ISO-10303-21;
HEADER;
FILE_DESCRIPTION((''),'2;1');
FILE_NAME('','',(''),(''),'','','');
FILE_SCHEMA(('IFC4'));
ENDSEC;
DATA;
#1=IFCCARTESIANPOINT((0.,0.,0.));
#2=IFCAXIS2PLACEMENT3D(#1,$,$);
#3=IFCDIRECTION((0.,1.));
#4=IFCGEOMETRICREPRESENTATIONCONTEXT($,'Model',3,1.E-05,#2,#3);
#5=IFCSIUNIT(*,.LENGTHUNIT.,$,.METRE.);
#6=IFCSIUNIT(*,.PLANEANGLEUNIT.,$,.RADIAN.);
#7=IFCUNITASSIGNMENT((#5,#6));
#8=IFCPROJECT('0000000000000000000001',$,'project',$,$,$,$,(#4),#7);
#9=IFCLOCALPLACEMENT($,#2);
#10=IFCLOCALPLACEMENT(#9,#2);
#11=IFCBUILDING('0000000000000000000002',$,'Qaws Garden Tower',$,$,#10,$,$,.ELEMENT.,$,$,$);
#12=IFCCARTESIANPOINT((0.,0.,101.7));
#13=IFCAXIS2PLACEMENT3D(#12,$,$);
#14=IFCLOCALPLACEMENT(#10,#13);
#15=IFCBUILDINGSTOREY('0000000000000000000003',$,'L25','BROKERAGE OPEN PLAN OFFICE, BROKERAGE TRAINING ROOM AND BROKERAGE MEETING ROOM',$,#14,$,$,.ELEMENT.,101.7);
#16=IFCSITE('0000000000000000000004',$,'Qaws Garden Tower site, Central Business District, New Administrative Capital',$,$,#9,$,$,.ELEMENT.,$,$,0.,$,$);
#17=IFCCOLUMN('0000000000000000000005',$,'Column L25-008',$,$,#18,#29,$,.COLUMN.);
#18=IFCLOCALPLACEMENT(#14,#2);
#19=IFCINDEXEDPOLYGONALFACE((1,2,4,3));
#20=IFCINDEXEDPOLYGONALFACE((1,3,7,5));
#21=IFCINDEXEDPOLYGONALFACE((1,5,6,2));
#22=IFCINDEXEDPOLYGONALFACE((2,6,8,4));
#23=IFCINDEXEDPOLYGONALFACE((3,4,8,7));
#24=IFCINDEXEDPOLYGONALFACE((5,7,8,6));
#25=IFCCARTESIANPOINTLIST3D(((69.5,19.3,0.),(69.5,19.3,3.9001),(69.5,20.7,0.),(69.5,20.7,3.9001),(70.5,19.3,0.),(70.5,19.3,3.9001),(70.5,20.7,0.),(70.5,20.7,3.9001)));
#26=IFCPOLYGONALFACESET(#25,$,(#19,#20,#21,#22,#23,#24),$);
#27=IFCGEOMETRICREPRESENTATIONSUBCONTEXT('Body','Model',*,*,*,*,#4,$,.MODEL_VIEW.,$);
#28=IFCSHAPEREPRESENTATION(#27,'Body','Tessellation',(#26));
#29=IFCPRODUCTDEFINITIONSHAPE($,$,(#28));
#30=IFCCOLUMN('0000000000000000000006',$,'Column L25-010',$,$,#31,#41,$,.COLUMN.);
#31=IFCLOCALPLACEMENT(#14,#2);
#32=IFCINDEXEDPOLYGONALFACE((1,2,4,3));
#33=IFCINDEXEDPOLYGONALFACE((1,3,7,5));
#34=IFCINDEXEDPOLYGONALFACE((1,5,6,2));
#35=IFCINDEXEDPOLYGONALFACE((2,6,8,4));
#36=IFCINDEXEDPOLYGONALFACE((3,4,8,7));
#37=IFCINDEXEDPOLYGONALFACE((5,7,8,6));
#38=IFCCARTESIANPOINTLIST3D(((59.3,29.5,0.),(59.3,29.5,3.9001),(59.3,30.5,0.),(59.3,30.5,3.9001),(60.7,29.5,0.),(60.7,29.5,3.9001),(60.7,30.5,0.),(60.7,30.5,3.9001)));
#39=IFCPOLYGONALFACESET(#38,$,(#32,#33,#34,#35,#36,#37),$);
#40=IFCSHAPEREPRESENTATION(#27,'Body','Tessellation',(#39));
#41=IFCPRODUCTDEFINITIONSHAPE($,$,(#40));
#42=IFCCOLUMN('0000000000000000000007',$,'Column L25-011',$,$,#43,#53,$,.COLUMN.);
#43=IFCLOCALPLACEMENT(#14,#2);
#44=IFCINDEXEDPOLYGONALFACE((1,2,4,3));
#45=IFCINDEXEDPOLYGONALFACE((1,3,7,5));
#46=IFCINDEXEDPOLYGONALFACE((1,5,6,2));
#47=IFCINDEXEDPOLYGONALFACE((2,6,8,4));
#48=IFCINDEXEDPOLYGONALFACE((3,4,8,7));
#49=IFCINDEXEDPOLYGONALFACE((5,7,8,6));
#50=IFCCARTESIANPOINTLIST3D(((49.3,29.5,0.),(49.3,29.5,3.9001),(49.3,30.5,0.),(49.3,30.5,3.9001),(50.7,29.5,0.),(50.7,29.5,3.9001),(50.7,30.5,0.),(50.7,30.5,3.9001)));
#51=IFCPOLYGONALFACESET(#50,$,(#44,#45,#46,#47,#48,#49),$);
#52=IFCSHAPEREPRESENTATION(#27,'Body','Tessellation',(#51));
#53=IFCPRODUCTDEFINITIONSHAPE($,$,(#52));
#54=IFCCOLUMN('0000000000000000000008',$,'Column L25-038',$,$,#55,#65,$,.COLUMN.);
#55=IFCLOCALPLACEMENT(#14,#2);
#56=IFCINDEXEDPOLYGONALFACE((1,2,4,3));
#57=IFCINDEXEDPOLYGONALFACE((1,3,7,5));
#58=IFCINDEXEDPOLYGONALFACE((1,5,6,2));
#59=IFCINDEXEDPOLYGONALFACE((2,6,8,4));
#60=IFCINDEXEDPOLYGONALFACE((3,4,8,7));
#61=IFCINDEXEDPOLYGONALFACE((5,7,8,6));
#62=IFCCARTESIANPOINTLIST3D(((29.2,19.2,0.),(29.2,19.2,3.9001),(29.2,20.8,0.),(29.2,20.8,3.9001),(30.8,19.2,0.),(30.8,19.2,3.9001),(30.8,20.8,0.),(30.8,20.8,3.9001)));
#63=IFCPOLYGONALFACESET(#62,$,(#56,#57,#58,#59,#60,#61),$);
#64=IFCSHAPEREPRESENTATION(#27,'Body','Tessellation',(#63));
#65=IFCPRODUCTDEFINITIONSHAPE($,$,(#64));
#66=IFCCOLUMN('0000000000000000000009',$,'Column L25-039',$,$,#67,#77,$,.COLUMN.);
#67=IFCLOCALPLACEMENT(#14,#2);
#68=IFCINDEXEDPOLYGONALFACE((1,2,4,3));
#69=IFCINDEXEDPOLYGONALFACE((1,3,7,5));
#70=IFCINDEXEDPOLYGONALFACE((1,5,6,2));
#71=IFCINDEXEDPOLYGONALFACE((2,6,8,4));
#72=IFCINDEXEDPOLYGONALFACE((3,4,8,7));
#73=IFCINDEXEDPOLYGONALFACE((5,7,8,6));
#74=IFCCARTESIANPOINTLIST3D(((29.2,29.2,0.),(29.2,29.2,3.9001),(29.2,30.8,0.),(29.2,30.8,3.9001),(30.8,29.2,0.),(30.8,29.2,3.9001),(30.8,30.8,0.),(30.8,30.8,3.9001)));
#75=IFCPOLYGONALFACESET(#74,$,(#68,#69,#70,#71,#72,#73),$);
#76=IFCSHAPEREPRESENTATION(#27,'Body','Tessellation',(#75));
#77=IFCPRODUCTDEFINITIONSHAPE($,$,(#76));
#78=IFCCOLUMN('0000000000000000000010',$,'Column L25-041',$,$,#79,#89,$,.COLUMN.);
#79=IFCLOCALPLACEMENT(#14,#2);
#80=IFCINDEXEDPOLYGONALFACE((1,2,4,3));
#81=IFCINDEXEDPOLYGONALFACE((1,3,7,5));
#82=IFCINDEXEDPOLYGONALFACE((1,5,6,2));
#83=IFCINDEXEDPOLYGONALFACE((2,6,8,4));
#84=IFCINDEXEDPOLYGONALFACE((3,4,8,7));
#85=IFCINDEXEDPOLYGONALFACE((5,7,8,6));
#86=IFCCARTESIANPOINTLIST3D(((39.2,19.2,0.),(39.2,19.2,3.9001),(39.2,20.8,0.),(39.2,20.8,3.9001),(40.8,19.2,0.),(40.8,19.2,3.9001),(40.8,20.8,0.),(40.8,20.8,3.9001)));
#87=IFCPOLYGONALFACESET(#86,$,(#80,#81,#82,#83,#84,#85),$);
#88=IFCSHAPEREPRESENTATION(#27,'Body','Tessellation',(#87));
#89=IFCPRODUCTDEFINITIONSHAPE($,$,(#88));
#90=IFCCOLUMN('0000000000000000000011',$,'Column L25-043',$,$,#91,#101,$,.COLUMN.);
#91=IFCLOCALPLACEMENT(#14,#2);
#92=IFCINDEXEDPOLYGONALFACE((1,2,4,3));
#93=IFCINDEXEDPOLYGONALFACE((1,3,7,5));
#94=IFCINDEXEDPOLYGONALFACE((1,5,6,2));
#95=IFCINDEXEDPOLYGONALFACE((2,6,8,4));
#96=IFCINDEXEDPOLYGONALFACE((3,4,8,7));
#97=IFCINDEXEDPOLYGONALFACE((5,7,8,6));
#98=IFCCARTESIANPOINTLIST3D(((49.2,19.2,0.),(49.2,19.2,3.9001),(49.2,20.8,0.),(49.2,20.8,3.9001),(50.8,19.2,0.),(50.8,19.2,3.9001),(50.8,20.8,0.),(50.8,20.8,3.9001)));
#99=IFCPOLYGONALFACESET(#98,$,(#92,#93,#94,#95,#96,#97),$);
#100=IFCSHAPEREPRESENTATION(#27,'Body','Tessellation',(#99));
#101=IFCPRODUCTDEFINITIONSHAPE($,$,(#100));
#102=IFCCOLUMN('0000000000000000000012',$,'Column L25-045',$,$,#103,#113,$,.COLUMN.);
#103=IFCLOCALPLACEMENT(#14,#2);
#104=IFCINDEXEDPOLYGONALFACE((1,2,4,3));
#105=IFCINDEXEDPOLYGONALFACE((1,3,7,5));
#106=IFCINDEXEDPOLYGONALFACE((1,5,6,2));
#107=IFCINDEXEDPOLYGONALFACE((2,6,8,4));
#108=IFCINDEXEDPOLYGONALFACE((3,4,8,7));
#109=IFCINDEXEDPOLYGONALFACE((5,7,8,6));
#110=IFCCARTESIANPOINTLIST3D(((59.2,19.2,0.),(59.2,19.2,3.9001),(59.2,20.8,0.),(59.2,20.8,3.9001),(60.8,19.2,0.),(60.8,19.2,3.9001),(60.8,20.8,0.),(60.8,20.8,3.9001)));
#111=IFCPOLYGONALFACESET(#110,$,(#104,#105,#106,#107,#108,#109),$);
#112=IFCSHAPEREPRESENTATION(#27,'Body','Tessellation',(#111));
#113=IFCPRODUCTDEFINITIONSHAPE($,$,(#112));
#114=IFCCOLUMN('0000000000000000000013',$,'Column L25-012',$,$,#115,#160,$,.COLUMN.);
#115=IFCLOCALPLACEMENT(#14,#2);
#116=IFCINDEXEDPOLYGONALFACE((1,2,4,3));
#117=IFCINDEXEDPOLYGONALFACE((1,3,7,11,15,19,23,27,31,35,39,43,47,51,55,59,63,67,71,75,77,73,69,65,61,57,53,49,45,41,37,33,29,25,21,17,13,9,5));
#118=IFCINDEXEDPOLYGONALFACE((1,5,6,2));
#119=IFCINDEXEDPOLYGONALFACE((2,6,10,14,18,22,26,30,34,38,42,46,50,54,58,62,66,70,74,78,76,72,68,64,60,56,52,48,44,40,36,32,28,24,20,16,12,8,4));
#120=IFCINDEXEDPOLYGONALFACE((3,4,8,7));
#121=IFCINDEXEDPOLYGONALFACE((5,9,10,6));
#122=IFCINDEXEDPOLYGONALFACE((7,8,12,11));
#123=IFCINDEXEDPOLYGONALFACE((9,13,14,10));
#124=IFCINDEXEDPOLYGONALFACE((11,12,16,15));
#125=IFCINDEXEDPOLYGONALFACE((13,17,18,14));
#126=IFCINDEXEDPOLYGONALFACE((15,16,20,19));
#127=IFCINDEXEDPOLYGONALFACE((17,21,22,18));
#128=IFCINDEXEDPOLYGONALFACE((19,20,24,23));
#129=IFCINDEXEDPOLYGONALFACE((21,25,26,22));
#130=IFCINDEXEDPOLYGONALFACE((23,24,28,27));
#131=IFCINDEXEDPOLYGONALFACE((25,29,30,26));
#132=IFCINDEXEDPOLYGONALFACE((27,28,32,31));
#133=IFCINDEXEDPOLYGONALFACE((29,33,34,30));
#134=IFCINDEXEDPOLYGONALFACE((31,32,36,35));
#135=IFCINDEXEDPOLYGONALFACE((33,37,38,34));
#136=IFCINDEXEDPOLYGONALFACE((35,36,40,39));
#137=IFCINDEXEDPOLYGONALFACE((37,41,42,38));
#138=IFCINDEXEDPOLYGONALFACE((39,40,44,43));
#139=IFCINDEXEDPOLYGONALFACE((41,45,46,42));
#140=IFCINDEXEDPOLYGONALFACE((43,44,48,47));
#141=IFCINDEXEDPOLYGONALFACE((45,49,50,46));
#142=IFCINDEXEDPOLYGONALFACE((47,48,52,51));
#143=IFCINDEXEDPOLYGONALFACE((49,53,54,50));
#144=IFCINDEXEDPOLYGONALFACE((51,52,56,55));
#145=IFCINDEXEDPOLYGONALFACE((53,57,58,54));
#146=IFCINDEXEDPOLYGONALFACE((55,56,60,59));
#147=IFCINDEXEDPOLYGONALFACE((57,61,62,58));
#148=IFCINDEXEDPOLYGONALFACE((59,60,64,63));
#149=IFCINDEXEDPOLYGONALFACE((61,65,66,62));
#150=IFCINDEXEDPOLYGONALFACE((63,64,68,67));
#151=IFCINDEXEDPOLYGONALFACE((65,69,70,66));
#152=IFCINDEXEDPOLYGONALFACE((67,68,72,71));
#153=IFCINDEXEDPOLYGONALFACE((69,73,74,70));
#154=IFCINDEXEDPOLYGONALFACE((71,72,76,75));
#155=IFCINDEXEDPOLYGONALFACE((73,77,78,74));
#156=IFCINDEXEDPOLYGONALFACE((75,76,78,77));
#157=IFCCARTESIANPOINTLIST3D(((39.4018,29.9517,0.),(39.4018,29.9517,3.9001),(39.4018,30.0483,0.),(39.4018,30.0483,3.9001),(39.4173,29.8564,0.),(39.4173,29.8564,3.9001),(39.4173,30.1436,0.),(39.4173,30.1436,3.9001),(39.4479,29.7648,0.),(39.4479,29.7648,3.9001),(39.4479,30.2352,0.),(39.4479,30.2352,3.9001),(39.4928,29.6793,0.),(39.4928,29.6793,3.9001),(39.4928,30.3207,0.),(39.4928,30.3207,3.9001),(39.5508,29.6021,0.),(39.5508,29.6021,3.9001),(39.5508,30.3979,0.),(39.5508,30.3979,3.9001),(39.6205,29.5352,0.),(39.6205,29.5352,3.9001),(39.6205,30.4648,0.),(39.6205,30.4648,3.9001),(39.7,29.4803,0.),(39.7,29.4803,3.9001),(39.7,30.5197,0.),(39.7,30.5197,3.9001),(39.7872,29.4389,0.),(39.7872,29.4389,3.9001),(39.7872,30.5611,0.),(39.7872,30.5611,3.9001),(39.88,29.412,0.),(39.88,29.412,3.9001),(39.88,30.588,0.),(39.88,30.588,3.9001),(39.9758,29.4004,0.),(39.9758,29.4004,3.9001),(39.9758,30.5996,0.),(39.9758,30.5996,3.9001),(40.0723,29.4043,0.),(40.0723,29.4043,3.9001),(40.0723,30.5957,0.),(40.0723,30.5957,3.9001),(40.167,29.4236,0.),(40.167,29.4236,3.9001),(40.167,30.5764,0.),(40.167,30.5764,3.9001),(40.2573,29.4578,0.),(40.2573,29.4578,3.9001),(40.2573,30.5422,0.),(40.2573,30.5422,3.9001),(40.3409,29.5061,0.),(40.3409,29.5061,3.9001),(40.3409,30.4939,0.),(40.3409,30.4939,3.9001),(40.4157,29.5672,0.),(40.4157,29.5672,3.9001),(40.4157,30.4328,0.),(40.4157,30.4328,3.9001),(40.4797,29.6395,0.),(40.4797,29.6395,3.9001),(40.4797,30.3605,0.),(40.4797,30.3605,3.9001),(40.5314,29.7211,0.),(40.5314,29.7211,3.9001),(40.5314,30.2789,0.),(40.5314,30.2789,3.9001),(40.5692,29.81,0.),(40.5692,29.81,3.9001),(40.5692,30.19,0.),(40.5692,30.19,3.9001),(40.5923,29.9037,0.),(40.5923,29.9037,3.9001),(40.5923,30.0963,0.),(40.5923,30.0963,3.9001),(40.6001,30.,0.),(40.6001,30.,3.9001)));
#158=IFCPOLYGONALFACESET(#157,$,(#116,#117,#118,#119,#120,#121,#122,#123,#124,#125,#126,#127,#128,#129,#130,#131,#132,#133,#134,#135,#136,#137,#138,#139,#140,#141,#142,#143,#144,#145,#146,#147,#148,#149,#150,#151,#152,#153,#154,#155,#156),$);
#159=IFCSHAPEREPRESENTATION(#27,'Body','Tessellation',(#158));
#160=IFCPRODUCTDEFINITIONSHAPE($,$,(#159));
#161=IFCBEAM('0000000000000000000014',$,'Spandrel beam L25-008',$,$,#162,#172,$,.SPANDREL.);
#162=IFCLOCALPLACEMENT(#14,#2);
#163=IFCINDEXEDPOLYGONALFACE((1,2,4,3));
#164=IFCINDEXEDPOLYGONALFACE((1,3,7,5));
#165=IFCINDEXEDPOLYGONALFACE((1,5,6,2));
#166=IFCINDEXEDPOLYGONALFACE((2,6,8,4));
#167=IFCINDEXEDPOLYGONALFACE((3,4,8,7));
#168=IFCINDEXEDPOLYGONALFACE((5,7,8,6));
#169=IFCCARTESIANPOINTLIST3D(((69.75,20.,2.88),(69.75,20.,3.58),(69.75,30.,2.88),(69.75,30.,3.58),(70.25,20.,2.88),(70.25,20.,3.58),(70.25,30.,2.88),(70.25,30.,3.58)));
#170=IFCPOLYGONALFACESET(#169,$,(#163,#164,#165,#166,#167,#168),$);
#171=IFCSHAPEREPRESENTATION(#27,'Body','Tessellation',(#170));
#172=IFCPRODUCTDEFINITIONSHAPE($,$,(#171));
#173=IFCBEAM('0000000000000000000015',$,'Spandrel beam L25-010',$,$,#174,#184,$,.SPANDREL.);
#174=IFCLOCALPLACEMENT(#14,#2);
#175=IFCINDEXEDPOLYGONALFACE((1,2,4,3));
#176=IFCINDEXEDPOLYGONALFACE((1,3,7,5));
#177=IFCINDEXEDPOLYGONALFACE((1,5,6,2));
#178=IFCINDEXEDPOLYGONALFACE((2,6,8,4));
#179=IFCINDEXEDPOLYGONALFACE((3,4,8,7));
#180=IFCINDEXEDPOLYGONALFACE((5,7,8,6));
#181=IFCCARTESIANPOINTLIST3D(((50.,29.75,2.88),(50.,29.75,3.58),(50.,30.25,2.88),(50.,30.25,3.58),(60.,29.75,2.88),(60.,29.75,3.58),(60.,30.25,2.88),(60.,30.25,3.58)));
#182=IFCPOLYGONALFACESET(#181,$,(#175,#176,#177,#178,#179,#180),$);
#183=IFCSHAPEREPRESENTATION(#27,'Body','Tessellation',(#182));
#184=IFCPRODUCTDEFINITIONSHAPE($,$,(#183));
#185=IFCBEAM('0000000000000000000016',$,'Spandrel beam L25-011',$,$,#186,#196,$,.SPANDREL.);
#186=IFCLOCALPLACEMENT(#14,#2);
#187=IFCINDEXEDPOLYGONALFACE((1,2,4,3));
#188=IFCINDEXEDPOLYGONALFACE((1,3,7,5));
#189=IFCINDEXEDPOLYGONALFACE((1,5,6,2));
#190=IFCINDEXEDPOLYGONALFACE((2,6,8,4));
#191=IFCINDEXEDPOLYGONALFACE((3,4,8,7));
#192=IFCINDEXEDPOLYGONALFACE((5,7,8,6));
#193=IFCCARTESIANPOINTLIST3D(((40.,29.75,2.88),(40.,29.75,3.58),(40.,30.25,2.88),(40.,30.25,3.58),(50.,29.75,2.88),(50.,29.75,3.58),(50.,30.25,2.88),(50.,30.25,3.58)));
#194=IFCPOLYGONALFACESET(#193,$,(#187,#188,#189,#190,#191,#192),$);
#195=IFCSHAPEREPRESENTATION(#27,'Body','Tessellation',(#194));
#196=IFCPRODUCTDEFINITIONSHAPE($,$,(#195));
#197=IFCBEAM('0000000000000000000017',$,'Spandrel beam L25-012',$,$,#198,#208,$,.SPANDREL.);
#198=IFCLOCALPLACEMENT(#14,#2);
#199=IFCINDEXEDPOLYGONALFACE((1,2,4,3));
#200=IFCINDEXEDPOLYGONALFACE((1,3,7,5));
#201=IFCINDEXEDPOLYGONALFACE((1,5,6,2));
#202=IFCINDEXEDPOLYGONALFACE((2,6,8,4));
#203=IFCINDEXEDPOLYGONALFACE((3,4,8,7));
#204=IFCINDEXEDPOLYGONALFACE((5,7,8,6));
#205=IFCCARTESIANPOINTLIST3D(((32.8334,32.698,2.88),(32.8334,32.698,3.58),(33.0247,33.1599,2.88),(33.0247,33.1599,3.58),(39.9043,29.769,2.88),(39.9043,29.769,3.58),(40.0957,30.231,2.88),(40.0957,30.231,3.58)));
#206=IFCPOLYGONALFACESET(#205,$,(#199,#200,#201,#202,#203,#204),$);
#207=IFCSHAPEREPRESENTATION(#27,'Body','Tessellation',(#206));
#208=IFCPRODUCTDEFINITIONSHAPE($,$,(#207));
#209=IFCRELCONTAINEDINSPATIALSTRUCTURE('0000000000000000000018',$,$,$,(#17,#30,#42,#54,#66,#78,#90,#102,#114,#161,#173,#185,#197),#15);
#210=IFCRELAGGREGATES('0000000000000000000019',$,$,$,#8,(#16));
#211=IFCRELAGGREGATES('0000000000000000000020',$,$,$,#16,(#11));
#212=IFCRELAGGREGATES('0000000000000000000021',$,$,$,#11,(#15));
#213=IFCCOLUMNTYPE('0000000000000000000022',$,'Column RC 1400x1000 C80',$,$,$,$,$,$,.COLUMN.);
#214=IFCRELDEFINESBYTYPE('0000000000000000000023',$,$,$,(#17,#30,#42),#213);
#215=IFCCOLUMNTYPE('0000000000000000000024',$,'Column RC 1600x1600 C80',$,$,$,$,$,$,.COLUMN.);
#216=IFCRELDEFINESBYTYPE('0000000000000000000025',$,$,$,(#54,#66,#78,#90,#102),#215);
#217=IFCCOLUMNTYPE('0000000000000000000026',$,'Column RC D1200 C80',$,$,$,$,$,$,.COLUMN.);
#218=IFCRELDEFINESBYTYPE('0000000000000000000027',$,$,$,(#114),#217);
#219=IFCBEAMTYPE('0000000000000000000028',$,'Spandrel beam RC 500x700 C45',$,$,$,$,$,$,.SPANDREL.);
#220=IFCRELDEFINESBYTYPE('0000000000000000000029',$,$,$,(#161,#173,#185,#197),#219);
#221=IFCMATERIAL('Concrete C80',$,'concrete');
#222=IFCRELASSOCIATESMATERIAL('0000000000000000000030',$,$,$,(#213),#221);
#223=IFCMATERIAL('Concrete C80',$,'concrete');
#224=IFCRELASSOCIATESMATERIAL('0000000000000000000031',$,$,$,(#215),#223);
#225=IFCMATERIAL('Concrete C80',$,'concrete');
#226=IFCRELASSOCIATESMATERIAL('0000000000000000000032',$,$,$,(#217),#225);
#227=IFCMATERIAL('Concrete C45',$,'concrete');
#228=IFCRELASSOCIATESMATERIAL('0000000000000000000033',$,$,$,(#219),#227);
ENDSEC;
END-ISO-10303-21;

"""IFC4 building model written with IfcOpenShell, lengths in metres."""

from ifc_helpers import new_model, si_unit, direction, frame, origin, origin_2d, place, context, subcontext, project, spatial, rectangle, circle, extrude, material, material_profile, profile_set, type_object, element, save


model = new_model("IFC4")

# Units and contexts
model_context = context("Model", 3, precision=1e-05, world=origin(), true_north=direction((0.0, 1.0)))
body_context = subcontext(model_context, "Body", "Model", "MODEL_VIEW")
ifc_project = project(units=[si_unit("LENGTHUNIT", "METRE"), si_unit("PLANEANGLEUNIT", "RADIAN")], contexts=[model_context])

# Site, building, storey
site_placement = place(None, origin())
site = spatial("IfcSite", under=ifc_project, at=site_placement, Name="Qaws Garden Tower site, Central Business District, New Administrative Capital", CompositionType="ELEMENT", RefElevation=0.0)
building_placement = place(site_placement, origin())
building = spatial("IfcBuilding", under=site, at=building_placement, Name="Qaws Garden Tower", CompositionType="ELEMENT")
storey_placement = place(building_placement, frame((0.0, 0.0, 101.7)))
storey = spatial("IfcBuildingStorey", under=building, at=storey_placement, Name="L25", Description="BROKERAGE OPEN PLAN OFFICE, BROKERAGE TRAINING ROOM AND BROKERAGE MEETING ROOM", CompositionType="ELEMENT", Elevation=101.7)

# Columns
ifc_material_1 = material(Name="Concrete C80", Category="concrete")
ifc_material_profile_1 = material_profile(ifc_material_1, rectangle(XDim=1.3999, YDim=1.0, at=origin_2d()), Name="RC 1400x1000")
ifc_profile_set_1 = profile_set([ifc_material_profile_1], Name="Concrete C80")
column_type_1 = type_object("IfcColumnType", Name="Column RC 1400x1000 C80", PredefinedType="COLUMN", material=ifc_profile_set_1)
for number, where, z_axis, x_axis, name in (
    (1, (70.0, 20.0, 0.0), (0.0, 0.0, 1.0), (0.0, 1.0, 0.0), "Column L25-008"),
    (2, (60.0, 30.0, 0.0), (0.0, 0.0, 1.0), (1.0, 0.0, 0.0), "Column L25-010"),
    (3, (50.0, 30.0, 0.0), (0.0, 0.0, 1.0), (1.0, 0.0, 0.0), "Column L25-011"),
):
    element("IfcColumn", number, at=place(storey_placement, frame(where, z_axis=z_axis, x_axis=x_axis)), inside=storey, type_object=column_type_1, Name=name, PredefinedType="COLUMN", context=body_context, shape_type="SweptSolid", body=[
        extrude(rectangle(XDim=1.3999, YDim=1.0, at=origin_2d()), origin(), (0.0, 0.0, 1.0), 3.9001),
    ])
ifc_material_2 = material(Name="Concrete C80", Category="concrete")
ifc_material_profile_2 = material_profile(ifc_material_2, rectangle(XDim=1.6001, YDim=1.6001, at=origin_2d()), Name="RC 1600x1600")
ifc_profile_set_2 = profile_set([ifc_material_profile_2], Name="Concrete C80")
column_type_2 = type_object("IfcColumnType", Name="Column RC 1600x1600 C80", PredefinedType="COLUMN", material=ifc_profile_set_2)
for number, where, z_axis, x_axis, name in (
    (4, (30.0, 20.0, 0.0), (0.0, 0.0, 1.0), (1.0, 0.0, 0.0), "Column L25-038"),
    (5, (30.0, 30.0, 0.0), (0.0, 0.0, 1.0), (1.0, 0.0, 0.0), "Column L25-039"),
    (6, (40.0, 20.0, 0.0), (0.0, 0.0, 1.0), (1.0, 0.0, 0.0), "Column L25-041"),
    (7, (50.0, 20.0, 0.0), (0.0, 0.0, 1.0), (1.0, 0.0, 0.0), "Column L25-043"),
    (8, (60.0, 20.0, 0.0), (0.0, 0.0, 1.0), (1.0, 0.0, 0.0), "Column L25-045"),
):
    element("IfcColumn", number, at=place(storey_placement, frame(where, z_axis=z_axis, x_axis=x_axis)), inside=storey, type_object=column_type_2, Name=name, PredefinedType="COLUMN", context=body_context, shape_type="SweptSolid", body=[
        extrude(rectangle(XDim=1.6001, YDim=1.6001, at=origin_2d()), origin(), (0.0, 0.0, 1.0), 3.9001),
    ])
ifc_material_3 = material(Name="Concrete C80", Category="concrete")
ifc_material_profile_3 = material_profile(ifc_material_3, circle(Radius=0.6001, at=origin_2d()), Name="RC D1200")
ifc_profile_set_3 = profile_set([ifc_material_profile_3], Name="Concrete C80")
column_type_3 = type_object("IfcColumnType", Name="Column RC D1200 C80", PredefinedType="COLUMN", material=ifc_profile_set_3)
column_placement = place(storey_placement, frame((40.0, 30.0, 0.0), z_axis=(0.0, 0.0, 1.0), x_axis=(1.0, 0.0, 0.0)))
element("IfcColumn", 9, at=column_placement, inside=storey, type_object=column_type_3, Name="Column L25-012", PredefinedType="COLUMN", context=body_context, shape_type="SweptSolid", body=[
    extrude(circle(Radius=0.6001, at=origin_2d()), origin(), (0.0, 0.0, 1.0), 3.9001),
])

# Beams
ifc_material_4 = material(Name="Concrete C45", Category="concrete")
ifc_material_profile_4 = material_profile(ifc_material_4, rectangle(XDim=0.5, YDim=0.7, at=origin_2d()), Name="RC 500x700")
ifc_profile_set_4 = profile_set([ifc_material_profile_4], Name="Concrete C45")
beam_type = type_object("IfcBeamType", Name="Spandrel beam RC 500x700 C45", PredefinedType="SPANDREL", material=ifc_profile_set_4)
for number, where, z_axis, x_axis, name in (
    (10, (70.0, 20.0, 3.23), (0.0, 1.0, 0.0), (-1.0, 0.0, 0.0), "Spandrel beam L25-008"),
    (11, (60.0, 30.0, 3.23), (-1.0, 0.0, 0.0), (0.0, -1.0, 0.0), "Spandrel beam L25-010"),
    (12, (50.0, 30.0, 3.23), (-1.0, 0.0, 0.0), (0.0, -1.0, 0.0), "Spandrel beam L25-011"),
):
    element("IfcBeam", number, at=place(storey_placement, frame(where, z_axis=z_axis, x_axis=x_axis)), inside=storey, type_object=beam_type, Name=name, PredefinedType="SPANDREL", context=body_context, shape_type="SweptSolid", body=[
        extrude(rectangle(XDim=0.5, YDim=0.7, at=origin_2d()), origin(), (0.0, 0.0, 1.0), 10.0),
    ])
beam_placement = place(storey_placement, frame((40.0, 30.0, 3.23), z_axis=(-0.923878, 0.382687, 0.0), x_axis=(-0.382687, -0.923878, 0.0)))
element("IfcBeam", 13, at=beam_placement, inside=storey, type_object=beam_type, Name="Spandrel beam L25-012", PredefinedType="SPANDREL", context=body_context, shape_type="SweptSolid", body=[
    extrude(rectangle(XDim=0.5, YDim=0.7, at=origin_2d()), origin(), (0.0, 0.0, 1.0), 7.6536),
])

save(model, "model.ifc")
